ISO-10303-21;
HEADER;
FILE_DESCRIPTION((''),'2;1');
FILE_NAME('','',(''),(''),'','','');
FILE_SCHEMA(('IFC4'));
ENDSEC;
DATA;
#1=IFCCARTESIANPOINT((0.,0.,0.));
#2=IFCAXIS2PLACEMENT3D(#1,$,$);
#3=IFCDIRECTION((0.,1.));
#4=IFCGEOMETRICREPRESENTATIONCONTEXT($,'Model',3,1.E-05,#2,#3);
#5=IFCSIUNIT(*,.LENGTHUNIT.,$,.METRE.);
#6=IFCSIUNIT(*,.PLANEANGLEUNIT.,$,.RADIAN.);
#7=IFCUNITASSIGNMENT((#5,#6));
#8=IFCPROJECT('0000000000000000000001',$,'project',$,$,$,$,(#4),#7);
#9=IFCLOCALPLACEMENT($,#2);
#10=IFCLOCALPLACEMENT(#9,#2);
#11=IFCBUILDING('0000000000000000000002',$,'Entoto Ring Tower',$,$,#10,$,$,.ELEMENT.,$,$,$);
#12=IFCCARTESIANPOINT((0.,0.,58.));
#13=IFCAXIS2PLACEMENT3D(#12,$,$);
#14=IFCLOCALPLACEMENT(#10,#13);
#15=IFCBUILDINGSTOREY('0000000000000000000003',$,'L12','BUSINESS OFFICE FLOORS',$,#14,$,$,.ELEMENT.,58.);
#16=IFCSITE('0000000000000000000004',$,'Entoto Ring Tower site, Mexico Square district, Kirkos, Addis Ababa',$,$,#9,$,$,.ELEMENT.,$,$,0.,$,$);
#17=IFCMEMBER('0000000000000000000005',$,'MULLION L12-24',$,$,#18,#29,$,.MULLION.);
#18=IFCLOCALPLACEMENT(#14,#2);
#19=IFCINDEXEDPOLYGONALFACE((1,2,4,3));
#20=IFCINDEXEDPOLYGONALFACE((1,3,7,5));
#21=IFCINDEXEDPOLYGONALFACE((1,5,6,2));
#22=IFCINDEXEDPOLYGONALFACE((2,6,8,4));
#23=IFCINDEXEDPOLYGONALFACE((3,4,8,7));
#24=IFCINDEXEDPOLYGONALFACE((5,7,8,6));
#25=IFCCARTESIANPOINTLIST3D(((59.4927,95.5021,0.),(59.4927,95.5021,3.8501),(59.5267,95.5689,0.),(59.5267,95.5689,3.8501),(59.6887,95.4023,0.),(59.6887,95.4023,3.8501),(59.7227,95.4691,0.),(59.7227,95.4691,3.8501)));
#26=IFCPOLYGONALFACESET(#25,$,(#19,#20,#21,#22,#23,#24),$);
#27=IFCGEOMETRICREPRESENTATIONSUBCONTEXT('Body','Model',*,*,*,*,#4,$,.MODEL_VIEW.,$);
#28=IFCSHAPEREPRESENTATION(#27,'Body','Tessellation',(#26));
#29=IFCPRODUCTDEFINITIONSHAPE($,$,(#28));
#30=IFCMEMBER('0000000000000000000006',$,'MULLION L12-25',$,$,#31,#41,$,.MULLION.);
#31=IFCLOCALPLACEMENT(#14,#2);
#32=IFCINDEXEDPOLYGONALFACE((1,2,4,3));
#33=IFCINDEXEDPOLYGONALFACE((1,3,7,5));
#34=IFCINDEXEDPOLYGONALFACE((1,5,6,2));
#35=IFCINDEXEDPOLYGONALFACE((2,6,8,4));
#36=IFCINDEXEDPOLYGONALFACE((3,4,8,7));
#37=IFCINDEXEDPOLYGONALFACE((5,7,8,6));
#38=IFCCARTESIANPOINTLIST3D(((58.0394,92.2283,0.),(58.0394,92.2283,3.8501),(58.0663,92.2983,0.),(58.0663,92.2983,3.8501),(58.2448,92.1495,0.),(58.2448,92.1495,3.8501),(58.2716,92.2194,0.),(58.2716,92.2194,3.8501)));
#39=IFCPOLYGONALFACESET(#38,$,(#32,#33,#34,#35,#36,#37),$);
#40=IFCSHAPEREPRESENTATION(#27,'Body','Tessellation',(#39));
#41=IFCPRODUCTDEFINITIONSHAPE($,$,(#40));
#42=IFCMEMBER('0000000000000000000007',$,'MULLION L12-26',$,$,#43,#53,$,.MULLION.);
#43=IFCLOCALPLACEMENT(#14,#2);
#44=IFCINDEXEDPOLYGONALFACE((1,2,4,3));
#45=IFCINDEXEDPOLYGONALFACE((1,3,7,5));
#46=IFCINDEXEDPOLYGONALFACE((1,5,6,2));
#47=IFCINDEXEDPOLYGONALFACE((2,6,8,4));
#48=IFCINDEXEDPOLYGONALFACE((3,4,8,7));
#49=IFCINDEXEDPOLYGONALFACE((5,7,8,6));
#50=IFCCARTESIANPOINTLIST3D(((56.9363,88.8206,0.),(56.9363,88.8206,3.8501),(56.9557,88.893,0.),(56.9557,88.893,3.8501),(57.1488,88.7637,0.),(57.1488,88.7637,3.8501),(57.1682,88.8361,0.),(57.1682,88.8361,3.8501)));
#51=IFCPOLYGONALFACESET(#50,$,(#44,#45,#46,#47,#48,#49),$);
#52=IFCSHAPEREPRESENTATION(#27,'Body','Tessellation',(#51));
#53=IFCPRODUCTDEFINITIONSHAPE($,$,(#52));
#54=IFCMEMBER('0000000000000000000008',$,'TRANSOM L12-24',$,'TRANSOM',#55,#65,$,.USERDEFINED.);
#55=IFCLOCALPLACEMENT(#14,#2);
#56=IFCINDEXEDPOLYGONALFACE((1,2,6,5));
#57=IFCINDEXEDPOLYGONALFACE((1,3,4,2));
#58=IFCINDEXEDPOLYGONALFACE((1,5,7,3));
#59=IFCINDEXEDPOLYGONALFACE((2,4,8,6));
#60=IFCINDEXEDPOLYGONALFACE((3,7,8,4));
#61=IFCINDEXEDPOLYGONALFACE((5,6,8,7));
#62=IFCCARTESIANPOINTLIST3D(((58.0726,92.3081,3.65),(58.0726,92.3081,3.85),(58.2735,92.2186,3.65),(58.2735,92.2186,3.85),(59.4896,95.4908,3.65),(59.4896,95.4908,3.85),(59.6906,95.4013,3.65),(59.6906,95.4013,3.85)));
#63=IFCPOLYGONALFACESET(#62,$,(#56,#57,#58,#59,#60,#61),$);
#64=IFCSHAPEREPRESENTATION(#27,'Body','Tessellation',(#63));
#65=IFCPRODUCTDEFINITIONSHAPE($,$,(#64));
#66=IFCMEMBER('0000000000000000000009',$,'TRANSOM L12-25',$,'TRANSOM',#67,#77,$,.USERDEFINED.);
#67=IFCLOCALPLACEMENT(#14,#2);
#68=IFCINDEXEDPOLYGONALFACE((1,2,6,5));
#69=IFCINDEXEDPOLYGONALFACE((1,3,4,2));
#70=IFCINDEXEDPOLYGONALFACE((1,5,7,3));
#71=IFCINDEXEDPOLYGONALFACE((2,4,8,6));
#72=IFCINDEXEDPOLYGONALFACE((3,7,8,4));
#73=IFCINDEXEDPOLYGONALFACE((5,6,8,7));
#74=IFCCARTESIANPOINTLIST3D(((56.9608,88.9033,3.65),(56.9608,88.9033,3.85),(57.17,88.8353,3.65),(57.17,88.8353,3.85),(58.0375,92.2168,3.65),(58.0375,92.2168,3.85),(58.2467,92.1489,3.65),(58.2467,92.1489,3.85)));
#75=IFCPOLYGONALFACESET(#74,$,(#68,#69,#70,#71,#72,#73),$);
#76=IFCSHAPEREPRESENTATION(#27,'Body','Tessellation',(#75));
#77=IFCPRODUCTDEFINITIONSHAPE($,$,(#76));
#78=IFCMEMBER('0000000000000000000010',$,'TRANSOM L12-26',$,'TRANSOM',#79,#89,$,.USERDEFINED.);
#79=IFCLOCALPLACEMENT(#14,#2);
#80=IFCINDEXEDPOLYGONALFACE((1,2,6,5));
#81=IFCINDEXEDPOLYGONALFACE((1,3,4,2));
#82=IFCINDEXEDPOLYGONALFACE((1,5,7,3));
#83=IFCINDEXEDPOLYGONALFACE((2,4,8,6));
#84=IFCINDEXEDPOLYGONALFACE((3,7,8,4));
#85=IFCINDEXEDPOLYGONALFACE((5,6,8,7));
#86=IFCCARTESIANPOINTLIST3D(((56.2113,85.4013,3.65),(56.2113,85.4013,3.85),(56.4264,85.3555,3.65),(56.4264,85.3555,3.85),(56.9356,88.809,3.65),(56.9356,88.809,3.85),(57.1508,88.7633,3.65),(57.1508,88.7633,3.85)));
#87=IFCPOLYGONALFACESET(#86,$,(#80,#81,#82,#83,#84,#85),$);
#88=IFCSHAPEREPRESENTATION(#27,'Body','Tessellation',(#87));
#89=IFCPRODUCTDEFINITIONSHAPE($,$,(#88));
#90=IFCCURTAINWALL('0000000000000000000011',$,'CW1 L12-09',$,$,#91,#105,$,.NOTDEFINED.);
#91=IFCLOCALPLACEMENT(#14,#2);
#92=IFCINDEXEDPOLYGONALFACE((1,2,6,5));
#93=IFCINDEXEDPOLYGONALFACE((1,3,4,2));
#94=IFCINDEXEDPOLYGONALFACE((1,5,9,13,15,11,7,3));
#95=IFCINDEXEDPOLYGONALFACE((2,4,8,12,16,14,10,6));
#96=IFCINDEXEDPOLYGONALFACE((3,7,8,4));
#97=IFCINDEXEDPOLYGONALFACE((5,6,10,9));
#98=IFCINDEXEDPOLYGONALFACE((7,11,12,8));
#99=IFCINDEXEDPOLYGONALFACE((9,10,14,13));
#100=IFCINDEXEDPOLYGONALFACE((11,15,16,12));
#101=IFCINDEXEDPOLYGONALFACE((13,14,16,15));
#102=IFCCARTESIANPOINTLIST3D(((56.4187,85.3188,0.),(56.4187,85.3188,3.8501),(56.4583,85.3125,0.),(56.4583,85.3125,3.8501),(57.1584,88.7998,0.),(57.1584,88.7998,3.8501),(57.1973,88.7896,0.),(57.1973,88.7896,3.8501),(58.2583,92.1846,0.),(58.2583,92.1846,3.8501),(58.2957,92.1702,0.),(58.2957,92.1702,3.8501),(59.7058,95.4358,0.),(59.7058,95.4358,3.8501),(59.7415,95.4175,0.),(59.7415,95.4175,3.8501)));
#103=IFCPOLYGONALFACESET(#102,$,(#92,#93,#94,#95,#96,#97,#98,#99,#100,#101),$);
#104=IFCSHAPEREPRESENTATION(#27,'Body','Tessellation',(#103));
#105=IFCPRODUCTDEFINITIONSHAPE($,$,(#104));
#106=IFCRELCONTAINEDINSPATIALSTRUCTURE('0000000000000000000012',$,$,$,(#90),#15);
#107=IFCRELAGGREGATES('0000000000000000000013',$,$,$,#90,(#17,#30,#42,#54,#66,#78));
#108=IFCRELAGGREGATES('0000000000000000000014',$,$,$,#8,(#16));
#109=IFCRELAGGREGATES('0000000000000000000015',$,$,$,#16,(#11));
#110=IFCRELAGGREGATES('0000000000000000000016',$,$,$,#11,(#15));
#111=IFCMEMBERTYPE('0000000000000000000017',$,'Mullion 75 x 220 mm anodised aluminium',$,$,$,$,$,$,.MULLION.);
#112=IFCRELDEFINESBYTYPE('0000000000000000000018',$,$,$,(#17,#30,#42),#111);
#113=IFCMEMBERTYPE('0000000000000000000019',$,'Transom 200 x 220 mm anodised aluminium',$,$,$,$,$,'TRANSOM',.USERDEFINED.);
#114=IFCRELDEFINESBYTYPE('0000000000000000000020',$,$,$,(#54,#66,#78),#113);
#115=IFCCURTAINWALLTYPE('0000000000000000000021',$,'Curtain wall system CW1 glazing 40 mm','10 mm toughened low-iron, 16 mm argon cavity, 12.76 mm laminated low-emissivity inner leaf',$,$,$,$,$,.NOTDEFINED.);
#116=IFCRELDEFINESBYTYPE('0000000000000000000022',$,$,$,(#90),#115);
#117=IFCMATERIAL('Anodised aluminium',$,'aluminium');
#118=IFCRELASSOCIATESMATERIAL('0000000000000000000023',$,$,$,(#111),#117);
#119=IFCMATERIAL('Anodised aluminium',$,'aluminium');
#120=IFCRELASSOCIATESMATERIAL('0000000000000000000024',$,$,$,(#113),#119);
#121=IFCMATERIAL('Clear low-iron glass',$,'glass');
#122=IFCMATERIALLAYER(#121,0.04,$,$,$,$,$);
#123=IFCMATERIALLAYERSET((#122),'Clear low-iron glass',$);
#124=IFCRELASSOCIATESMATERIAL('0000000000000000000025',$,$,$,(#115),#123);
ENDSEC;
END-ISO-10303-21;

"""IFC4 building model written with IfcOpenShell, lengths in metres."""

from ifc_helpers import new_model, si_unit, direction, frame, origin, origin_2d, place, context, subcontext, project, spatial, polyline, rectangle, outline, extrude, material, layer, layer_set, material_profile, profile_set, type_object, element, aggregate, save


model = new_model("IFC4")

# Units and contexts
model_context = context("Model", 3, precision=1e-05, world=origin(), true_north=direction((0.0, 1.0)))
body_context = subcontext(model_context, "Body", "Model", "MODEL_VIEW")
ifc_project = project(units=[si_unit("LENGTHUNIT", "METRE"), si_unit("PLANEANGLEUNIT", "RADIAN")], contexts=[model_context])

# Members
ifc_material_1 = material(Name="Anodised aluminium", Category="aluminium")
ifc_material_profile_1 = material_profile(ifc_material_1, rectangle(XDim=0.075, YDim=0.22, at=origin_2d()), Name="Mullion 75 x 220 mm anodised aluminium")
ifc_profile_set_1 = profile_set([ifc_material_profile_1], Name="Anodised aluminium")
member_type_1 = type_object("IfcMemberType", Name="Mullion 75 x 220 mm anodised aluminium", PredefinedType="MULLION", material=ifc_profile_set_1)
site_placement = place(None, origin())
building_placement = place(site_placement, origin())
storey_placement = place(building_placement, frame((0.0, 0.0, 58.0)))
member_1_placement = place(storey_placement, frame((59.6077, 95.4856, 0.0), z_axis=(0.0, 0.0, 1.0), x_axis=(-0.45399, -0.891007, 0.0)))
member_1 = element("IfcMember", 1, at=member_1_placement, type_object=member_type_1, Name="MULLION L12-24", PredefinedType="MULLION", context=body_context, shape_type="SweptSolid", body=[
    extrude(rectangle(XDim=0.075, YDim=0.22, at=origin_2d()), origin(), (0.0, 0.0, 1.0), 3.8501),
])
member_2_placement = place(storey_placement, frame((58.1555, 92.2239, 0.0), z_axis=(0.0, 0.0, 1.0), x_axis=(-0.358368, -0.93358, 0.0)))
member_2 = element("IfcMember", 2, at=member_2_placement, type_object=member_type_1, Name="MULLION L12-25", PredefinedType="MULLION", context=body_context, shape_type="SweptSolid", body=[
    extrude(rectangle(XDim=0.075, YDim=0.22, at=origin_2d()), origin(), (0.0, 0.0, 1.0), 3.8501),
])
member_3_placement = place(storey_placement, frame((57.0522, 88.8284, 0.0), z_axis=(0.0, 0.0, 1.0), x_axis=(-0.258819, -0.965926, 0.0)))
member_3 = element("IfcMember", 3, at=member_3_placement, type_object=member_type_1, Name="MULLION L12-26", PredefinedType="MULLION", context=body_context, shape_type="SweptSolid", body=[
    extrude(rectangle(XDim=0.075, YDim=0.22, at=origin_2d()), origin(), (0.0, 0.0, 1.0), 3.8501),
])
ifc_material_2 = material(Name="Anodised aluminium", Category="aluminium")
ifc_material_profile_2 = material_profile(ifc_material_2, rectangle(XDim=0.22, YDim=0.2, at=origin_2d()), Name="Transom 200 x 220 mm anodised aluminium")
ifc_profile_set_2 = profile_set([ifc_material_profile_2], Name="Anodised aluminium")
member_type_2 = type_object("IfcMemberType", Name="Transom 200 x 220 mm anodised aluminium", ElementType="TRANSOM", PredefinedType="USERDEFINED", material=ifc_profile_set_2)
member_4_placement = place(storey_placement, frame((59.5901, 95.446, 3.75), z_axis=(-0.406737, -0.913545, 0.0), x_axis=(0.913545, -0.406737, 0.0)))
member_4 = element("IfcMember", 4, at=member_4_placement, type_object=member_type_2, Name="TRANSOM L12-24", ObjectType="TRANSOM", PredefinedType="USERDEFINED", context=body_context, shape_type="SweptSolid", body=[
    extrude(rectangle(XDim=0.22, YDim=0.2, at=origin_2d()), origin(), (0.0, 0.0, 1.0), 3.4839),
])
member_5_placement = place(storey_placement, frame((58.1421, 92.1829, 3.75), z_axis=(-0.309029, -0.951053, 0.0), x_axis=(0.951053, -0.309029, 0.0)))
member_5 = element("IfcMember", 5, at=member_5_placement, type_object=member_type_2, Name="TRANSOM L12-25", ObjectType="TRANSOM", PredefinedType="USERDEFINED", context=body_context, shape_type="SweptSolid", body=[
    extrude(rectangle(XDim=0.22, YDim=0.2, at=origin_2d()), origin(), (0.0, 0.0, 1.0), 3.4841),
])
member_6_placement = place(storey_placement, frame((57.0432, 88.7861, 3.75), z_axis=(-0.207921, -0.978146, 0.0), x_axis=(0.978146, -0.207921, 0.0)))
member_6 = element("IfcMember", 6, at=member_6_placement, type_object=member_type_2, Name="TRANSOM L12-26", ObjectType="TRANSOM", PredefinedType="USERDEFINED", context=body_context, shape_type="SweptSolid", body=[
    extrude(rectangle(XDim=0.22, YDim=0.2, at=origin_2d()), origin(), (0.0, 0.0, 1.0), 3.4839),
])

# Site, building, storey
site = spatial("IfcSite", under=ifc_project, at=site_placement, Name="Entoto Ring Tower site, Mexico Square district, Kirkos, Addis Ababa", CompositionType="ELEMENT", RefElevation=0.0)
building = spatial("IfcBuilding", under=site, at=building_placement, Name="Entoto Ring Tower", CompositionType="ELEMENT")
storey = spatial("IfcBuildingStorey", under=building, at=storey_placement, Name="L12", Description="BUSINESS OFFICE FLOORS", CompositionType="ELEMENT", Elevation=58.0)

# Curtain wall
ifc_material_3 = material(Name="Clear low-iron glass", Category="glass")
ifc_layer = layer(ifc_material_3, 0.04)
ifc_layer_set = layer_set([ifc_layer], Name="Clear low-iron glass")
curtain_wall_type = type_object("IfcCurtainWallType", Name="Curtain wall system CW1 glazing 40 mm", Description="10 mm toughened low-iron, 16 mm argon cavity, 12.76 mm laminated low-emissivity inner leaf", PredefinedType="NOTDEFINED", material=ifc_layer_set)
curtain_wall_1_placement = place(storey_placement, origin())
curtain_wall_1 = element("IfcCurtainWall", 7, at=curtain_wall_1_placement, inside=storey, type_object=curtain_wall_type, Name="CW1 L12-09", PredefinedType="NOTDEFINED", context=body_context, shape_type="SweptSolid", body=[
    extrude(outline(polyline([(59.7058, 95.4358), (58.2583, 92.1846), (57.1584, 88.7998), (56.4187, 85.3188), (56.4583, 85.3125), (57.1973, 88.7896), (58.2957, 92.1702), (59.7415, 95.4175), (59.7058, 95.4358)])), origin(), (0.0, 0.0, 1.0), 3.8501),
])
aggregate(curtain_wall_1, [member_1, member_2, member_3, member_4, member_5, member_6])

save(model, "model.ifc")
